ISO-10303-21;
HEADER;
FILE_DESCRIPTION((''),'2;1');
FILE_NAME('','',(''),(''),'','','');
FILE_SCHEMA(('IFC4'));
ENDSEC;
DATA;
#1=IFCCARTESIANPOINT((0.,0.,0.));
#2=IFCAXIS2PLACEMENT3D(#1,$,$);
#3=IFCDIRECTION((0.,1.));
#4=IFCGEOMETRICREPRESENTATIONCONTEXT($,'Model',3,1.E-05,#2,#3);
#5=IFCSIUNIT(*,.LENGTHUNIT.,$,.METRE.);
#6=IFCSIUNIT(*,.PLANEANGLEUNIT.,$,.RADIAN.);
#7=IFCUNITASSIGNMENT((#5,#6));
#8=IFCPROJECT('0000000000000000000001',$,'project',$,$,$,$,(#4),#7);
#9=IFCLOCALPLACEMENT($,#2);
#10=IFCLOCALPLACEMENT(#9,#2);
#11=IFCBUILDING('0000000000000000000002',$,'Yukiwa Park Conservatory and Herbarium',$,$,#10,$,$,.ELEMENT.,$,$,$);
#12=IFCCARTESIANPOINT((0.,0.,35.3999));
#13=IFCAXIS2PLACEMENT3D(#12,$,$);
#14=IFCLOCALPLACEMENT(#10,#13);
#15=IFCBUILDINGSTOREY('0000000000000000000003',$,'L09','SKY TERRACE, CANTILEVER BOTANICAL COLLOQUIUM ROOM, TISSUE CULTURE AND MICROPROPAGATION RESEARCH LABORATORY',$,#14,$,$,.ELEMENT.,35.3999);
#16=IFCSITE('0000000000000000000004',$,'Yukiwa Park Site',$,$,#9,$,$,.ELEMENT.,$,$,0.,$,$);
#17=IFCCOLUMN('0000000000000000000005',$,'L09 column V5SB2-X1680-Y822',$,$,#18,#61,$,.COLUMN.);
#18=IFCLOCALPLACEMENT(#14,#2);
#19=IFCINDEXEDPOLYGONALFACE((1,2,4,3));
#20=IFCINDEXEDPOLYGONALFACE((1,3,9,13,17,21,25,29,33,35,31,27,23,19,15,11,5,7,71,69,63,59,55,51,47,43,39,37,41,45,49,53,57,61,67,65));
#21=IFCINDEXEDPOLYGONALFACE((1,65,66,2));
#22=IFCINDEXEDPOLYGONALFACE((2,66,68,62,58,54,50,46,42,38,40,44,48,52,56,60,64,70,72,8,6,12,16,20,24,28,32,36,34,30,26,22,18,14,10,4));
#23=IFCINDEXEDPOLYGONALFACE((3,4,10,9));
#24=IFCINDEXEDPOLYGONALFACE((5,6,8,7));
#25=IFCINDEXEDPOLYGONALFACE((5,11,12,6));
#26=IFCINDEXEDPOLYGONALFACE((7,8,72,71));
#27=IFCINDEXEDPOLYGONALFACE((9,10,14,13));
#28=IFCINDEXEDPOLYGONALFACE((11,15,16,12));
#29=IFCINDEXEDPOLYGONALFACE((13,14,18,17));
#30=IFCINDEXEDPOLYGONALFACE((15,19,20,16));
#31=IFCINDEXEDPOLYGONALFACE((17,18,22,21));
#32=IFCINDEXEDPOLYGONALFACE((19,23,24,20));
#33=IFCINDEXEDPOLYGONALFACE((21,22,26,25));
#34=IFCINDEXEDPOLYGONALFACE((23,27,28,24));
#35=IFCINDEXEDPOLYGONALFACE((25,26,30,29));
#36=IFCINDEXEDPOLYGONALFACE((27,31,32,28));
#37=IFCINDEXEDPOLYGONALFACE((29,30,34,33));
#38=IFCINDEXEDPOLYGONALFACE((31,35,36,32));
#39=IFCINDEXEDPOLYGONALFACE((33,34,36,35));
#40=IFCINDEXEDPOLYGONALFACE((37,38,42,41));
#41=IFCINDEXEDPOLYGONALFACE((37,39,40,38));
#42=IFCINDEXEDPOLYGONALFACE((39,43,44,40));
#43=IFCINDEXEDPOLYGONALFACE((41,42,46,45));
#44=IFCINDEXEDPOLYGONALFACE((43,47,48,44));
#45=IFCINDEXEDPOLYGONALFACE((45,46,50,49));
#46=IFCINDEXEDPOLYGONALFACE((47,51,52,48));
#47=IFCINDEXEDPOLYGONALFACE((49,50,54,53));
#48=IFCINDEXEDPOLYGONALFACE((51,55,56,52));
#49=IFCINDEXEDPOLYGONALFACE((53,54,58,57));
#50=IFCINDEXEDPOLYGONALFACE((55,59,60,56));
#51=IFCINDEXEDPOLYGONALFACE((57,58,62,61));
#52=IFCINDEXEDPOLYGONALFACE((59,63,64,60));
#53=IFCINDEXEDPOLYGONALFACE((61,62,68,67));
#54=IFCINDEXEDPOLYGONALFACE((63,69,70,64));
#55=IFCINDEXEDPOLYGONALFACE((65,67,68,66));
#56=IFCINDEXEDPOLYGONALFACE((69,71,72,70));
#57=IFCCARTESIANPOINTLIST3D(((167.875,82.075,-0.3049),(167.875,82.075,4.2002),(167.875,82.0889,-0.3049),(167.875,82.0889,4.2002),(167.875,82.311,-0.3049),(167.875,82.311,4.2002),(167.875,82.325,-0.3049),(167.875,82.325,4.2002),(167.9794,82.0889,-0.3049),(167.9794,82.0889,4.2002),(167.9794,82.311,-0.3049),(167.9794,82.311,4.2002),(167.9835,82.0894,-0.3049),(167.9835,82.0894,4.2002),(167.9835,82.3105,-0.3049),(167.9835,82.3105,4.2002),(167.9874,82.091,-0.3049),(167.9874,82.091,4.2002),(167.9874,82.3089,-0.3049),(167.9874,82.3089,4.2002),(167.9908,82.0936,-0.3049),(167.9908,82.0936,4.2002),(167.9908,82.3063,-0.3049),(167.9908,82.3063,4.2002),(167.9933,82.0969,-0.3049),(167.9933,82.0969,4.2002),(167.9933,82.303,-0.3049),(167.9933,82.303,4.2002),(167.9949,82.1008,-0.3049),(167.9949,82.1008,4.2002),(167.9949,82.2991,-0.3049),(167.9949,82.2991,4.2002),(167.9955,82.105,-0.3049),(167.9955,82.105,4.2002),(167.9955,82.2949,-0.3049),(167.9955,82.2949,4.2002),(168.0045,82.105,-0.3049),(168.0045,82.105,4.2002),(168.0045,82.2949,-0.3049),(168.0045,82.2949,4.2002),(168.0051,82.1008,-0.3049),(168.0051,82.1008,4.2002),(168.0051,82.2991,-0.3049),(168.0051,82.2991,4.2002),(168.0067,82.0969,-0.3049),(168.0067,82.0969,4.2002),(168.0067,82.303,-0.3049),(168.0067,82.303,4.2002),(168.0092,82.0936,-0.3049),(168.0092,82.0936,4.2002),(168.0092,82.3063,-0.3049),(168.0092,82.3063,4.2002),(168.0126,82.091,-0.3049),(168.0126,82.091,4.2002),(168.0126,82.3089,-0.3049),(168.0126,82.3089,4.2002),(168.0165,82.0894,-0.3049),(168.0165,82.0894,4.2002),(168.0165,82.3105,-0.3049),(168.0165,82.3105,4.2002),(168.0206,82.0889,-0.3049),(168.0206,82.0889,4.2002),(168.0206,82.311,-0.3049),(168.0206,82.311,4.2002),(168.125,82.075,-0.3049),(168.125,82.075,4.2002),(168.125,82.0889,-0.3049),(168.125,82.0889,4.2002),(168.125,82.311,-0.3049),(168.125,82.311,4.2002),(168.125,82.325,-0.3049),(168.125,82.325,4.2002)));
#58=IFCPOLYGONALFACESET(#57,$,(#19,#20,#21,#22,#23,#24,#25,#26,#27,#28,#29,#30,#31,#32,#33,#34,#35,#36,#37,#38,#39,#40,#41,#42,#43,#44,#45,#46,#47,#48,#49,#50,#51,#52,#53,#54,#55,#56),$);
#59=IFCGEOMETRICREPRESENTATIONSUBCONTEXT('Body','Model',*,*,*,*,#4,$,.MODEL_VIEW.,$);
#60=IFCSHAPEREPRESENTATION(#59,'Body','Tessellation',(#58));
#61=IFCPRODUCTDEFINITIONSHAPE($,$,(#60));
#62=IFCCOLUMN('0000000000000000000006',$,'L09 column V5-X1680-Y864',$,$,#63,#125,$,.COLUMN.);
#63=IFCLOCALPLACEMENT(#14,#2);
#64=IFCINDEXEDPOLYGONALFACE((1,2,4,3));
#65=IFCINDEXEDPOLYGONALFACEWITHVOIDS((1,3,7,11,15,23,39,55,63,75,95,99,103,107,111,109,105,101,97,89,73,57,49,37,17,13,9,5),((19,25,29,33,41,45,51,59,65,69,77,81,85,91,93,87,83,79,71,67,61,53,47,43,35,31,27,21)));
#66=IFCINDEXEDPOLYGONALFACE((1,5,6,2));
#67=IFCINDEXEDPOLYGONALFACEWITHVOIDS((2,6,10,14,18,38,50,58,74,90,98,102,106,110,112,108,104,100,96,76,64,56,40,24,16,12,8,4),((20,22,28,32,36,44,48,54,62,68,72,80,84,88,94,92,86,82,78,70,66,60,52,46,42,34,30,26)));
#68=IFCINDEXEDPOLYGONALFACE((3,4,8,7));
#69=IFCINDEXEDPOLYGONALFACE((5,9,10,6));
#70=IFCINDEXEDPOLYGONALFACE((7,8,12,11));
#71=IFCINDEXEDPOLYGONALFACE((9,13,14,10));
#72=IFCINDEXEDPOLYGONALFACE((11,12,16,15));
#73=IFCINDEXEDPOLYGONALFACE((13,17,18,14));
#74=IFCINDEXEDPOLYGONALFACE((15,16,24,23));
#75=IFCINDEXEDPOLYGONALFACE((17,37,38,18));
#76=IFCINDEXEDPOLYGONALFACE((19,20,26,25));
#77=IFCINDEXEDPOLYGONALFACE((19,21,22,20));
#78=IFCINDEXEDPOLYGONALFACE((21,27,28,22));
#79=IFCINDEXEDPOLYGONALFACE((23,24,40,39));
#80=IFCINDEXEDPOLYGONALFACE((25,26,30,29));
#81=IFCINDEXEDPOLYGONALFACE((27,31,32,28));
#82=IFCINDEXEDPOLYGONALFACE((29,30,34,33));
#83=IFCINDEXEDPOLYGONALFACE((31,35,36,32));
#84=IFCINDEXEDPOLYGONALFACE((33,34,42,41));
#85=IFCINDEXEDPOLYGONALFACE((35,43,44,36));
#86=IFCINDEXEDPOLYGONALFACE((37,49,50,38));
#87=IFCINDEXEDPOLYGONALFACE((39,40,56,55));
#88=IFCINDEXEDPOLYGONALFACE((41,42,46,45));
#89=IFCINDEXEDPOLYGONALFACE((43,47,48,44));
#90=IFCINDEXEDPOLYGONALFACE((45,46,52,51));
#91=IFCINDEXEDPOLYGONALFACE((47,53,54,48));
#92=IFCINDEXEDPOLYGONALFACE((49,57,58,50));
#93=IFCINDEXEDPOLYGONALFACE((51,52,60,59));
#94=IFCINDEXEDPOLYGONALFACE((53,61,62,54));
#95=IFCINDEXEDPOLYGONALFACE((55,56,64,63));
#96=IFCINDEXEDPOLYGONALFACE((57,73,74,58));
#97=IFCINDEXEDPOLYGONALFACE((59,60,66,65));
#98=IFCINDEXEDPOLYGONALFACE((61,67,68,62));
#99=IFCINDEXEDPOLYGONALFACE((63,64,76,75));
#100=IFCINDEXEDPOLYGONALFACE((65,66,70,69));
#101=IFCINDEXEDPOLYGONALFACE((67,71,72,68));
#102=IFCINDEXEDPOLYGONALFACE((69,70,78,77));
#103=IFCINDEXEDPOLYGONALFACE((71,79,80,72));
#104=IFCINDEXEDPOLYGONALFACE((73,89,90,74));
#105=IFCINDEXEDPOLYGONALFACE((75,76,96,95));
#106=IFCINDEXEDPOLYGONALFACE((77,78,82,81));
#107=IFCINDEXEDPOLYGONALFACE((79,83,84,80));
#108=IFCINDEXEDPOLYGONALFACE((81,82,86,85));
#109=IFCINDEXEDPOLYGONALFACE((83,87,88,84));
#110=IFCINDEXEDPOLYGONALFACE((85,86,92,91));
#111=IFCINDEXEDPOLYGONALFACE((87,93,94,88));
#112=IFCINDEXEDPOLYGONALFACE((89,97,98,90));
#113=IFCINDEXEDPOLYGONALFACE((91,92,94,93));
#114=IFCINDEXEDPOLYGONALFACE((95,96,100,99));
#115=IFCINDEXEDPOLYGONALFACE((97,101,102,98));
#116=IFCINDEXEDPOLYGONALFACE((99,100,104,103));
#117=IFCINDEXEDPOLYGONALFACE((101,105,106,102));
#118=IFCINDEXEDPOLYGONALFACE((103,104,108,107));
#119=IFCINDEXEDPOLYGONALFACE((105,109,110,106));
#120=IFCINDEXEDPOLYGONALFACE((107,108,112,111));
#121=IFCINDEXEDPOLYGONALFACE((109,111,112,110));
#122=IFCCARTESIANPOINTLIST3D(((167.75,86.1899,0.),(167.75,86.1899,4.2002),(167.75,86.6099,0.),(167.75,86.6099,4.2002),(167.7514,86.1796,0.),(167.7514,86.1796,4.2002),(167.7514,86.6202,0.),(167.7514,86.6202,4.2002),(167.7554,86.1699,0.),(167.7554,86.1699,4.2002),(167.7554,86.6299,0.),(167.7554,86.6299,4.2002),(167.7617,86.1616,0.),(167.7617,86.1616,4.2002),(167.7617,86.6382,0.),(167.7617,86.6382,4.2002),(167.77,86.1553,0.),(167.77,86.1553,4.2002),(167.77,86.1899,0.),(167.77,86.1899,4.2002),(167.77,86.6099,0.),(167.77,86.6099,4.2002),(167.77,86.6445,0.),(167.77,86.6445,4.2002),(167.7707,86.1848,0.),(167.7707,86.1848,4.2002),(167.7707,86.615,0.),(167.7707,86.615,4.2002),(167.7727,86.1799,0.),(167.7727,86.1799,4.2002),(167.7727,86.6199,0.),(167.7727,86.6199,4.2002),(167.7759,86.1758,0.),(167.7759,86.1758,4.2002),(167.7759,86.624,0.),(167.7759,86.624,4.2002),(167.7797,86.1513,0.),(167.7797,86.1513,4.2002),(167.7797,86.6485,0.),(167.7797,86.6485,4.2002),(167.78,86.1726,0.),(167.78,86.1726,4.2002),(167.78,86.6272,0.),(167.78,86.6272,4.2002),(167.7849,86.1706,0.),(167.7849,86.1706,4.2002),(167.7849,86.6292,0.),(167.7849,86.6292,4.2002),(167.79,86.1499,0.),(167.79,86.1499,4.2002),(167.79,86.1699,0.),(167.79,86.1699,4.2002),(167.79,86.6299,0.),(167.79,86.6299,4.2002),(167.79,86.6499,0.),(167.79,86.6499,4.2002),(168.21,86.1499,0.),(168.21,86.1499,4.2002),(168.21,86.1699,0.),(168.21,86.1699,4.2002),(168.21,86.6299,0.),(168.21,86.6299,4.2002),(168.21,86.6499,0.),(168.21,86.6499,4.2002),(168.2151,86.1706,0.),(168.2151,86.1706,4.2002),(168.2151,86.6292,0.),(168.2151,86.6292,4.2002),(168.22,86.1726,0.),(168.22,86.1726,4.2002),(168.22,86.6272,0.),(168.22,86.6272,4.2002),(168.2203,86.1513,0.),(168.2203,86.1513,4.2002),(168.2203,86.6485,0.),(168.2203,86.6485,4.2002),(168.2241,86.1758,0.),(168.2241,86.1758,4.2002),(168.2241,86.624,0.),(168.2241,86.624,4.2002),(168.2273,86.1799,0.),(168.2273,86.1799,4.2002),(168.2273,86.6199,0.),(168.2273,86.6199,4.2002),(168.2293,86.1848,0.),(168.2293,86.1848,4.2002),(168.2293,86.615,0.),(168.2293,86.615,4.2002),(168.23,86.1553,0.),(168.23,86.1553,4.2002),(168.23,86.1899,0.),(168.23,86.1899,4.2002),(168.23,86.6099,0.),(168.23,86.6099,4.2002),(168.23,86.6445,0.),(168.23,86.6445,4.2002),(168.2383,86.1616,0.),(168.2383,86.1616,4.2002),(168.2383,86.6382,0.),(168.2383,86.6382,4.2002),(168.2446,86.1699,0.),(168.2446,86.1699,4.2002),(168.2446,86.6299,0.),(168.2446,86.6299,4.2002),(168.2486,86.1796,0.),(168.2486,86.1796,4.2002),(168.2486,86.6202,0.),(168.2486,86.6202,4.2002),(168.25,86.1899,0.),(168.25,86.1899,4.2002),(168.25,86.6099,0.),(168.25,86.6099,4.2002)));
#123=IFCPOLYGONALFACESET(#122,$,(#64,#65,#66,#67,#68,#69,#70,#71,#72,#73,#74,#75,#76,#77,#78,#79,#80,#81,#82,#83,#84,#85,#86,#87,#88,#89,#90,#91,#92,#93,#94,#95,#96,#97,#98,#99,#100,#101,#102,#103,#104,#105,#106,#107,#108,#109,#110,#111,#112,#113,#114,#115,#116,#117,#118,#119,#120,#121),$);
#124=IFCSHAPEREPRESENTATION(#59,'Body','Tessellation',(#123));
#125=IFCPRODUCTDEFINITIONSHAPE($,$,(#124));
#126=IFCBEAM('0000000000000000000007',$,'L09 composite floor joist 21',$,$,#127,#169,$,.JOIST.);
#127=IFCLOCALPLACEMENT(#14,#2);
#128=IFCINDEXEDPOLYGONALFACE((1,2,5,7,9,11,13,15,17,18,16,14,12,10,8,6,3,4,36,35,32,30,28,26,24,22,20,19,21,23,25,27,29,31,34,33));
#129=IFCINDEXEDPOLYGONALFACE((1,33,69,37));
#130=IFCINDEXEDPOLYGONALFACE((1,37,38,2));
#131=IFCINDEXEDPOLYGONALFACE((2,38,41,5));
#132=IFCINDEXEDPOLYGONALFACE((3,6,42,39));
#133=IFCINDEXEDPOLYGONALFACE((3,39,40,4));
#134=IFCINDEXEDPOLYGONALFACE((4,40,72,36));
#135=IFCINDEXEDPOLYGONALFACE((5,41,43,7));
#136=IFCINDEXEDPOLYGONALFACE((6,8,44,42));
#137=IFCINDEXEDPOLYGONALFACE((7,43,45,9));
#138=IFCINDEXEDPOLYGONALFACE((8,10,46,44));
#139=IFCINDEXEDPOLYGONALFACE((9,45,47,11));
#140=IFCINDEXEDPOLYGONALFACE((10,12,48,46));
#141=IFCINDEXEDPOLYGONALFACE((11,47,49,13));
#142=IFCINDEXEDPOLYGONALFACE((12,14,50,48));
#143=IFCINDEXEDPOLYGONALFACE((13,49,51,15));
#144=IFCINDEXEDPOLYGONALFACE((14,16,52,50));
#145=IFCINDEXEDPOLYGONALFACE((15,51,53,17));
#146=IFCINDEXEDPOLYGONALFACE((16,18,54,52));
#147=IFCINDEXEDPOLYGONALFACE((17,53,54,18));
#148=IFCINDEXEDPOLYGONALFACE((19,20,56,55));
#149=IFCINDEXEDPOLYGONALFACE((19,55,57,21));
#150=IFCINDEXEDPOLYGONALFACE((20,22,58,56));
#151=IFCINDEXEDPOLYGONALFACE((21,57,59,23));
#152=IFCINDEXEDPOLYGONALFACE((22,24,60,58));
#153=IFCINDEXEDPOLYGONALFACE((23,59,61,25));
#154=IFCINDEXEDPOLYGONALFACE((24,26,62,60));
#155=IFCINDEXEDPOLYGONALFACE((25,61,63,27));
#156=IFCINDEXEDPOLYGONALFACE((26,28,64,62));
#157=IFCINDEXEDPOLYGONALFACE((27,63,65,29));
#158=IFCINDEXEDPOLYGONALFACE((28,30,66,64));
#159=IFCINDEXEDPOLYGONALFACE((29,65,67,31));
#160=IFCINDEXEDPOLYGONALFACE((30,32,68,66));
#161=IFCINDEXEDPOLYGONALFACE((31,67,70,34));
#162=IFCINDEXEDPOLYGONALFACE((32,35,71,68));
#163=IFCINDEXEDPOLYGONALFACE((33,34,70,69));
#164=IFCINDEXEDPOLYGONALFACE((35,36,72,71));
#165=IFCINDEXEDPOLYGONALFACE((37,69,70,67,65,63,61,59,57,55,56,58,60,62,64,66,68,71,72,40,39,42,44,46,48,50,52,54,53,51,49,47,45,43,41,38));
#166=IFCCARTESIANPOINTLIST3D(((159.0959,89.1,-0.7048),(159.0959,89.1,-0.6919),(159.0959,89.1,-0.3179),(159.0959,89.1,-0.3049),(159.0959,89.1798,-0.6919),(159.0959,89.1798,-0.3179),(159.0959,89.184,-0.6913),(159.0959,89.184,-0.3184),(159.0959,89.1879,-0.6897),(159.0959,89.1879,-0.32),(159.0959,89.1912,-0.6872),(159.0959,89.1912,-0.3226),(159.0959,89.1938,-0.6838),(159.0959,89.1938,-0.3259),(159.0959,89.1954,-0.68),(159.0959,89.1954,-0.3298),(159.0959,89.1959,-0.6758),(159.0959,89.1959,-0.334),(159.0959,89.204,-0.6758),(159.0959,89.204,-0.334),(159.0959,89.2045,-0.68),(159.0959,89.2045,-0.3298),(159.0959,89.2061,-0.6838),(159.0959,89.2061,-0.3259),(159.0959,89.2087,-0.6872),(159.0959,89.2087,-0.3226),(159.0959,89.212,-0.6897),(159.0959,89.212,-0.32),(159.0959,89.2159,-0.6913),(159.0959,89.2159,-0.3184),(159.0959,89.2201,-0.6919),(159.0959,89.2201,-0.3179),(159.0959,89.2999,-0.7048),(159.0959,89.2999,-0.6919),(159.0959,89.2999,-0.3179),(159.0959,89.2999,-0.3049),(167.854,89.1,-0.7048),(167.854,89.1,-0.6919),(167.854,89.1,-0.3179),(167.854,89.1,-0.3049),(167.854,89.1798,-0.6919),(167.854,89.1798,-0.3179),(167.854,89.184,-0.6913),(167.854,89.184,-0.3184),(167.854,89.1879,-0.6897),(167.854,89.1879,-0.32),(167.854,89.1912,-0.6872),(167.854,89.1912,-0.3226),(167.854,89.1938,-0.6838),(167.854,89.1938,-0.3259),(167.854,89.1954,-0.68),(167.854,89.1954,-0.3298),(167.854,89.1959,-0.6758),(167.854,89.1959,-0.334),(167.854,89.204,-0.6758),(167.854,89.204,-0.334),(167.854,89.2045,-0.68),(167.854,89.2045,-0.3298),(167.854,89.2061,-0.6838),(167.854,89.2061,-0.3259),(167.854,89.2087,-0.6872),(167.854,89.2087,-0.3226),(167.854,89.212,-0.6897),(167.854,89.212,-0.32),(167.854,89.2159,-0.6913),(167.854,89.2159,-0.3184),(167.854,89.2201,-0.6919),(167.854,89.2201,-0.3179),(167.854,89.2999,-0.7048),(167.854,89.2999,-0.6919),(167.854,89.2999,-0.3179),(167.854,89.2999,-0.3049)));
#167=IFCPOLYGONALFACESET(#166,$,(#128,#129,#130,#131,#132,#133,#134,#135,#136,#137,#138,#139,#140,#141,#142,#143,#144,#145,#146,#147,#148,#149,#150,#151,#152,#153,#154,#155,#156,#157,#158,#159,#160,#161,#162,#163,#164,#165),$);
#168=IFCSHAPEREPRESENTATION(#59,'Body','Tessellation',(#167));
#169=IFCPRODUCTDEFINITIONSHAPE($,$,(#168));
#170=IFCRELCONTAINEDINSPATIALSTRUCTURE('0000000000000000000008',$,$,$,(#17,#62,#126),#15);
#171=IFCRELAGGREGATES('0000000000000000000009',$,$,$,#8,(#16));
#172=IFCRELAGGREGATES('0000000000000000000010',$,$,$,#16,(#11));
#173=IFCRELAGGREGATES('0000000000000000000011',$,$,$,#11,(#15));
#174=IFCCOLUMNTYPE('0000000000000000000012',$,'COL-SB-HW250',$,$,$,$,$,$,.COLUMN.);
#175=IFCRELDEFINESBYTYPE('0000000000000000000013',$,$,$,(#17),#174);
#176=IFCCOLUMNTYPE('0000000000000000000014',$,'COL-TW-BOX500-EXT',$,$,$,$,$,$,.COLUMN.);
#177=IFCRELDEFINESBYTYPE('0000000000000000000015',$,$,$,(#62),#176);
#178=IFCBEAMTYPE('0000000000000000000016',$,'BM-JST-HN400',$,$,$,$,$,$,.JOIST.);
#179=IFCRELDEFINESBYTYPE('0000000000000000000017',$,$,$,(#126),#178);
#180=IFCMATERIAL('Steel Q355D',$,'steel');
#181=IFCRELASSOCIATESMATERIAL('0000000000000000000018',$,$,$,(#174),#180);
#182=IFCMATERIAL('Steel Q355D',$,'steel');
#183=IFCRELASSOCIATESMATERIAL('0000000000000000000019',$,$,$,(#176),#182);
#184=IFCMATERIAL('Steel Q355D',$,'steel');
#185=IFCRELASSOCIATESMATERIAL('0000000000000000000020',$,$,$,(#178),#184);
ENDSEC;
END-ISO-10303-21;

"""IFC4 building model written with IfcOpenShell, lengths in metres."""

from ifc_helpers import new_model, si_unit, direction, frame, origin, origin_2d, place, context, subcontext, project, spatial, hollow_rectangle, i_section, extrude, material, material_profile, profile_set, type_object, element, save


model = new_model("IFC4")

# Units and contexts
model_context = context("Model", 3, precision=1e-05, world=origin(), true_north=direction((0.0, 1.0)))
body_context = subcontext(model_context, "Body", "Model", "MODEL_VIEW")
ifc_project = project(units=[si_unit("LENGTHUNIT", "METRE"), si_unit("PLANEANGLEUNIT", "RADIAN")], contexts=[model_context])

# Site, building, storey
site_placement = place(None, origin())
site = spatial("IfcSite", under=ifc_project, at=site_placement, Name="Yukiwa Park Site", CompositionType="ELEMENT", RefElevation=0.0)
building_placement = place(site_placement, origin())
building = spatial("IfcBuilding", under=site, at=building_placement, Name="Yukiwa Park Conservatory and Herbarium", CompositionType="ELEMENT")
storey_placement = place(building_placement, frame((0.0, 0.0, 35.3999)))
storey = spatial("IfcBuildingStorey", under=building, at=storey_placement, Name="L09", Description="SKY TERRACE, CANTILEVER BOTANICAL COLLOQUIUM ROOM, TISSUE CULTURE AND MICROPROPAGATION RESEARCH LABORATORY", CompositionType="ELEMENT", Elevation=35.3999)

# Columns
ifc_material_1 = material(Name="Steel Q355D", Category="steel")
ifc_material_profile_1 = material_profile(ifc_material_1, i_section(OverallWidth=0.25, OverallDepth=0.25, WebThickness=0.009, FlangeThickness=0.0139, FilletRadius=0.0161, at=origin_2d()), Name="HW 250x250x9x14")
ifc_profile_set_1 = profile_set([ifc_material_profile_1], Name="Steel Q355D")
column_type_1 = type_object("IfcColumnType", Name="COL-SB-HW250", PredefinedType="COLUMN", material=ifc_profile_set_1)
column_1_placement = place(storey_placement, frame((168.0, 82.2, -0.3049), z_axis=(0.0, 0.0, 1.0), x_axis=(1.0, 0.0, 0.0)))
element("IfcColumn", 1, at=column_1_placement, inside=storey, type_object=column_type_1, Name="L09 column V5SB2-X1680-Y822", PredefinedType="COLUMN", context=body_context, shape_type="SweptSolid", body=[
    extrude(i_section(OverallWidth=0.25, OverallDepth=0.25, WebThickness=0.009, FlangeThickness=0.0139, FilletRadius=0.0161, at=origin_2d()), origin(), (0.0, 0.0, 1.0), 4.5051),
])
ifc_material_2 = material(Name="Steel Q355D", Category="steel")
ifc_material_profile_2 = material_profile(ifc_material_2, hollow_rectangle(XDim=0.5, YDim=0.5, WallThickness=0.02, InnerFilletRadius=0.02, OuterFilletRadius=0.04, at=origin_2d()), Name="BOX 500x500x20")
ifc_profile_set_2 = profile_set([ifc_material_profile_2], Name="Steel Q355D")
column_type_2 = type_object("IfcColumnType", Name="COL-TW-BOX500-EXT", PredefinedType="COLUMN", material=ifc_profile_set_2)
column_2_placement = place(storey_placement, frame((168.0, 86.3999, 0.0), z_axis=(0.0, 0.0, 1.0), x_axis=(1.0, 0.0, 0.0)))
element("IfcColumn", 2, at=column_2_placement, inside=storey, type_object=column_type_2, Name="L09 column V5-X1680-Y864", PredefinedType="COLUMN", context=body_context, shape_type="SweptSolid", body=[
    extrude(hollow_rectangle(XDim=0.5, YDim=0.5, WallThickness=0.02, InnerFilletRadius=0.02, OuterFilletRadius=0.04, at=origin_2d()), origin(), (0.0, 0.0, 1.0), 4.2002),
])

# Beam
ifc_material_3 = material(Name="Steel Q355D", Category="steel")
ifc_material_profile_3 = material_profile(ifc_material_3, i_section(OverallWidth=0.2, OverallDepth=0.3999, WebThickness=0.0081, FlangeThickness=0.0129, FilletRadius=0.0161, at=origin_2d()), Name="HN 400x200x8x13")
ifc_profile_set_3 = profile_set([ifc_material_profile_3], Name="Steel Q355D")
beam_type_1 = type_object("IfcBeamType", Name="BM-JST-HN400", PredefinedType="JOIST", material=ifc_profile_set_3)
beam_1_placement = place(storey_placement, frame((159.0959, 89.2, -0.5049), z_axis=(1.0, 0.0, 0.0), x_axis=(0.0, 1.0, 0.0)))
element("IfcBeam", 3, at=beam_1_placement, inside=storey, type_object=beam_type_1, Name="L09 composite floor joist 21", PredefinedType="JOIST", context=body_context, shape_type="SweptSolid", body=[
    extrude(i_section(OverallWidth=0.2, OverallDepth=0.3999, WebThickness=0.0081, FlangeThickness=0.0129, FilletRadius=0.0161, at=origin_2d()), origin(), (0.0, 0.0, 1.0), 8.7581),
])

save(model, "model.ifc")
